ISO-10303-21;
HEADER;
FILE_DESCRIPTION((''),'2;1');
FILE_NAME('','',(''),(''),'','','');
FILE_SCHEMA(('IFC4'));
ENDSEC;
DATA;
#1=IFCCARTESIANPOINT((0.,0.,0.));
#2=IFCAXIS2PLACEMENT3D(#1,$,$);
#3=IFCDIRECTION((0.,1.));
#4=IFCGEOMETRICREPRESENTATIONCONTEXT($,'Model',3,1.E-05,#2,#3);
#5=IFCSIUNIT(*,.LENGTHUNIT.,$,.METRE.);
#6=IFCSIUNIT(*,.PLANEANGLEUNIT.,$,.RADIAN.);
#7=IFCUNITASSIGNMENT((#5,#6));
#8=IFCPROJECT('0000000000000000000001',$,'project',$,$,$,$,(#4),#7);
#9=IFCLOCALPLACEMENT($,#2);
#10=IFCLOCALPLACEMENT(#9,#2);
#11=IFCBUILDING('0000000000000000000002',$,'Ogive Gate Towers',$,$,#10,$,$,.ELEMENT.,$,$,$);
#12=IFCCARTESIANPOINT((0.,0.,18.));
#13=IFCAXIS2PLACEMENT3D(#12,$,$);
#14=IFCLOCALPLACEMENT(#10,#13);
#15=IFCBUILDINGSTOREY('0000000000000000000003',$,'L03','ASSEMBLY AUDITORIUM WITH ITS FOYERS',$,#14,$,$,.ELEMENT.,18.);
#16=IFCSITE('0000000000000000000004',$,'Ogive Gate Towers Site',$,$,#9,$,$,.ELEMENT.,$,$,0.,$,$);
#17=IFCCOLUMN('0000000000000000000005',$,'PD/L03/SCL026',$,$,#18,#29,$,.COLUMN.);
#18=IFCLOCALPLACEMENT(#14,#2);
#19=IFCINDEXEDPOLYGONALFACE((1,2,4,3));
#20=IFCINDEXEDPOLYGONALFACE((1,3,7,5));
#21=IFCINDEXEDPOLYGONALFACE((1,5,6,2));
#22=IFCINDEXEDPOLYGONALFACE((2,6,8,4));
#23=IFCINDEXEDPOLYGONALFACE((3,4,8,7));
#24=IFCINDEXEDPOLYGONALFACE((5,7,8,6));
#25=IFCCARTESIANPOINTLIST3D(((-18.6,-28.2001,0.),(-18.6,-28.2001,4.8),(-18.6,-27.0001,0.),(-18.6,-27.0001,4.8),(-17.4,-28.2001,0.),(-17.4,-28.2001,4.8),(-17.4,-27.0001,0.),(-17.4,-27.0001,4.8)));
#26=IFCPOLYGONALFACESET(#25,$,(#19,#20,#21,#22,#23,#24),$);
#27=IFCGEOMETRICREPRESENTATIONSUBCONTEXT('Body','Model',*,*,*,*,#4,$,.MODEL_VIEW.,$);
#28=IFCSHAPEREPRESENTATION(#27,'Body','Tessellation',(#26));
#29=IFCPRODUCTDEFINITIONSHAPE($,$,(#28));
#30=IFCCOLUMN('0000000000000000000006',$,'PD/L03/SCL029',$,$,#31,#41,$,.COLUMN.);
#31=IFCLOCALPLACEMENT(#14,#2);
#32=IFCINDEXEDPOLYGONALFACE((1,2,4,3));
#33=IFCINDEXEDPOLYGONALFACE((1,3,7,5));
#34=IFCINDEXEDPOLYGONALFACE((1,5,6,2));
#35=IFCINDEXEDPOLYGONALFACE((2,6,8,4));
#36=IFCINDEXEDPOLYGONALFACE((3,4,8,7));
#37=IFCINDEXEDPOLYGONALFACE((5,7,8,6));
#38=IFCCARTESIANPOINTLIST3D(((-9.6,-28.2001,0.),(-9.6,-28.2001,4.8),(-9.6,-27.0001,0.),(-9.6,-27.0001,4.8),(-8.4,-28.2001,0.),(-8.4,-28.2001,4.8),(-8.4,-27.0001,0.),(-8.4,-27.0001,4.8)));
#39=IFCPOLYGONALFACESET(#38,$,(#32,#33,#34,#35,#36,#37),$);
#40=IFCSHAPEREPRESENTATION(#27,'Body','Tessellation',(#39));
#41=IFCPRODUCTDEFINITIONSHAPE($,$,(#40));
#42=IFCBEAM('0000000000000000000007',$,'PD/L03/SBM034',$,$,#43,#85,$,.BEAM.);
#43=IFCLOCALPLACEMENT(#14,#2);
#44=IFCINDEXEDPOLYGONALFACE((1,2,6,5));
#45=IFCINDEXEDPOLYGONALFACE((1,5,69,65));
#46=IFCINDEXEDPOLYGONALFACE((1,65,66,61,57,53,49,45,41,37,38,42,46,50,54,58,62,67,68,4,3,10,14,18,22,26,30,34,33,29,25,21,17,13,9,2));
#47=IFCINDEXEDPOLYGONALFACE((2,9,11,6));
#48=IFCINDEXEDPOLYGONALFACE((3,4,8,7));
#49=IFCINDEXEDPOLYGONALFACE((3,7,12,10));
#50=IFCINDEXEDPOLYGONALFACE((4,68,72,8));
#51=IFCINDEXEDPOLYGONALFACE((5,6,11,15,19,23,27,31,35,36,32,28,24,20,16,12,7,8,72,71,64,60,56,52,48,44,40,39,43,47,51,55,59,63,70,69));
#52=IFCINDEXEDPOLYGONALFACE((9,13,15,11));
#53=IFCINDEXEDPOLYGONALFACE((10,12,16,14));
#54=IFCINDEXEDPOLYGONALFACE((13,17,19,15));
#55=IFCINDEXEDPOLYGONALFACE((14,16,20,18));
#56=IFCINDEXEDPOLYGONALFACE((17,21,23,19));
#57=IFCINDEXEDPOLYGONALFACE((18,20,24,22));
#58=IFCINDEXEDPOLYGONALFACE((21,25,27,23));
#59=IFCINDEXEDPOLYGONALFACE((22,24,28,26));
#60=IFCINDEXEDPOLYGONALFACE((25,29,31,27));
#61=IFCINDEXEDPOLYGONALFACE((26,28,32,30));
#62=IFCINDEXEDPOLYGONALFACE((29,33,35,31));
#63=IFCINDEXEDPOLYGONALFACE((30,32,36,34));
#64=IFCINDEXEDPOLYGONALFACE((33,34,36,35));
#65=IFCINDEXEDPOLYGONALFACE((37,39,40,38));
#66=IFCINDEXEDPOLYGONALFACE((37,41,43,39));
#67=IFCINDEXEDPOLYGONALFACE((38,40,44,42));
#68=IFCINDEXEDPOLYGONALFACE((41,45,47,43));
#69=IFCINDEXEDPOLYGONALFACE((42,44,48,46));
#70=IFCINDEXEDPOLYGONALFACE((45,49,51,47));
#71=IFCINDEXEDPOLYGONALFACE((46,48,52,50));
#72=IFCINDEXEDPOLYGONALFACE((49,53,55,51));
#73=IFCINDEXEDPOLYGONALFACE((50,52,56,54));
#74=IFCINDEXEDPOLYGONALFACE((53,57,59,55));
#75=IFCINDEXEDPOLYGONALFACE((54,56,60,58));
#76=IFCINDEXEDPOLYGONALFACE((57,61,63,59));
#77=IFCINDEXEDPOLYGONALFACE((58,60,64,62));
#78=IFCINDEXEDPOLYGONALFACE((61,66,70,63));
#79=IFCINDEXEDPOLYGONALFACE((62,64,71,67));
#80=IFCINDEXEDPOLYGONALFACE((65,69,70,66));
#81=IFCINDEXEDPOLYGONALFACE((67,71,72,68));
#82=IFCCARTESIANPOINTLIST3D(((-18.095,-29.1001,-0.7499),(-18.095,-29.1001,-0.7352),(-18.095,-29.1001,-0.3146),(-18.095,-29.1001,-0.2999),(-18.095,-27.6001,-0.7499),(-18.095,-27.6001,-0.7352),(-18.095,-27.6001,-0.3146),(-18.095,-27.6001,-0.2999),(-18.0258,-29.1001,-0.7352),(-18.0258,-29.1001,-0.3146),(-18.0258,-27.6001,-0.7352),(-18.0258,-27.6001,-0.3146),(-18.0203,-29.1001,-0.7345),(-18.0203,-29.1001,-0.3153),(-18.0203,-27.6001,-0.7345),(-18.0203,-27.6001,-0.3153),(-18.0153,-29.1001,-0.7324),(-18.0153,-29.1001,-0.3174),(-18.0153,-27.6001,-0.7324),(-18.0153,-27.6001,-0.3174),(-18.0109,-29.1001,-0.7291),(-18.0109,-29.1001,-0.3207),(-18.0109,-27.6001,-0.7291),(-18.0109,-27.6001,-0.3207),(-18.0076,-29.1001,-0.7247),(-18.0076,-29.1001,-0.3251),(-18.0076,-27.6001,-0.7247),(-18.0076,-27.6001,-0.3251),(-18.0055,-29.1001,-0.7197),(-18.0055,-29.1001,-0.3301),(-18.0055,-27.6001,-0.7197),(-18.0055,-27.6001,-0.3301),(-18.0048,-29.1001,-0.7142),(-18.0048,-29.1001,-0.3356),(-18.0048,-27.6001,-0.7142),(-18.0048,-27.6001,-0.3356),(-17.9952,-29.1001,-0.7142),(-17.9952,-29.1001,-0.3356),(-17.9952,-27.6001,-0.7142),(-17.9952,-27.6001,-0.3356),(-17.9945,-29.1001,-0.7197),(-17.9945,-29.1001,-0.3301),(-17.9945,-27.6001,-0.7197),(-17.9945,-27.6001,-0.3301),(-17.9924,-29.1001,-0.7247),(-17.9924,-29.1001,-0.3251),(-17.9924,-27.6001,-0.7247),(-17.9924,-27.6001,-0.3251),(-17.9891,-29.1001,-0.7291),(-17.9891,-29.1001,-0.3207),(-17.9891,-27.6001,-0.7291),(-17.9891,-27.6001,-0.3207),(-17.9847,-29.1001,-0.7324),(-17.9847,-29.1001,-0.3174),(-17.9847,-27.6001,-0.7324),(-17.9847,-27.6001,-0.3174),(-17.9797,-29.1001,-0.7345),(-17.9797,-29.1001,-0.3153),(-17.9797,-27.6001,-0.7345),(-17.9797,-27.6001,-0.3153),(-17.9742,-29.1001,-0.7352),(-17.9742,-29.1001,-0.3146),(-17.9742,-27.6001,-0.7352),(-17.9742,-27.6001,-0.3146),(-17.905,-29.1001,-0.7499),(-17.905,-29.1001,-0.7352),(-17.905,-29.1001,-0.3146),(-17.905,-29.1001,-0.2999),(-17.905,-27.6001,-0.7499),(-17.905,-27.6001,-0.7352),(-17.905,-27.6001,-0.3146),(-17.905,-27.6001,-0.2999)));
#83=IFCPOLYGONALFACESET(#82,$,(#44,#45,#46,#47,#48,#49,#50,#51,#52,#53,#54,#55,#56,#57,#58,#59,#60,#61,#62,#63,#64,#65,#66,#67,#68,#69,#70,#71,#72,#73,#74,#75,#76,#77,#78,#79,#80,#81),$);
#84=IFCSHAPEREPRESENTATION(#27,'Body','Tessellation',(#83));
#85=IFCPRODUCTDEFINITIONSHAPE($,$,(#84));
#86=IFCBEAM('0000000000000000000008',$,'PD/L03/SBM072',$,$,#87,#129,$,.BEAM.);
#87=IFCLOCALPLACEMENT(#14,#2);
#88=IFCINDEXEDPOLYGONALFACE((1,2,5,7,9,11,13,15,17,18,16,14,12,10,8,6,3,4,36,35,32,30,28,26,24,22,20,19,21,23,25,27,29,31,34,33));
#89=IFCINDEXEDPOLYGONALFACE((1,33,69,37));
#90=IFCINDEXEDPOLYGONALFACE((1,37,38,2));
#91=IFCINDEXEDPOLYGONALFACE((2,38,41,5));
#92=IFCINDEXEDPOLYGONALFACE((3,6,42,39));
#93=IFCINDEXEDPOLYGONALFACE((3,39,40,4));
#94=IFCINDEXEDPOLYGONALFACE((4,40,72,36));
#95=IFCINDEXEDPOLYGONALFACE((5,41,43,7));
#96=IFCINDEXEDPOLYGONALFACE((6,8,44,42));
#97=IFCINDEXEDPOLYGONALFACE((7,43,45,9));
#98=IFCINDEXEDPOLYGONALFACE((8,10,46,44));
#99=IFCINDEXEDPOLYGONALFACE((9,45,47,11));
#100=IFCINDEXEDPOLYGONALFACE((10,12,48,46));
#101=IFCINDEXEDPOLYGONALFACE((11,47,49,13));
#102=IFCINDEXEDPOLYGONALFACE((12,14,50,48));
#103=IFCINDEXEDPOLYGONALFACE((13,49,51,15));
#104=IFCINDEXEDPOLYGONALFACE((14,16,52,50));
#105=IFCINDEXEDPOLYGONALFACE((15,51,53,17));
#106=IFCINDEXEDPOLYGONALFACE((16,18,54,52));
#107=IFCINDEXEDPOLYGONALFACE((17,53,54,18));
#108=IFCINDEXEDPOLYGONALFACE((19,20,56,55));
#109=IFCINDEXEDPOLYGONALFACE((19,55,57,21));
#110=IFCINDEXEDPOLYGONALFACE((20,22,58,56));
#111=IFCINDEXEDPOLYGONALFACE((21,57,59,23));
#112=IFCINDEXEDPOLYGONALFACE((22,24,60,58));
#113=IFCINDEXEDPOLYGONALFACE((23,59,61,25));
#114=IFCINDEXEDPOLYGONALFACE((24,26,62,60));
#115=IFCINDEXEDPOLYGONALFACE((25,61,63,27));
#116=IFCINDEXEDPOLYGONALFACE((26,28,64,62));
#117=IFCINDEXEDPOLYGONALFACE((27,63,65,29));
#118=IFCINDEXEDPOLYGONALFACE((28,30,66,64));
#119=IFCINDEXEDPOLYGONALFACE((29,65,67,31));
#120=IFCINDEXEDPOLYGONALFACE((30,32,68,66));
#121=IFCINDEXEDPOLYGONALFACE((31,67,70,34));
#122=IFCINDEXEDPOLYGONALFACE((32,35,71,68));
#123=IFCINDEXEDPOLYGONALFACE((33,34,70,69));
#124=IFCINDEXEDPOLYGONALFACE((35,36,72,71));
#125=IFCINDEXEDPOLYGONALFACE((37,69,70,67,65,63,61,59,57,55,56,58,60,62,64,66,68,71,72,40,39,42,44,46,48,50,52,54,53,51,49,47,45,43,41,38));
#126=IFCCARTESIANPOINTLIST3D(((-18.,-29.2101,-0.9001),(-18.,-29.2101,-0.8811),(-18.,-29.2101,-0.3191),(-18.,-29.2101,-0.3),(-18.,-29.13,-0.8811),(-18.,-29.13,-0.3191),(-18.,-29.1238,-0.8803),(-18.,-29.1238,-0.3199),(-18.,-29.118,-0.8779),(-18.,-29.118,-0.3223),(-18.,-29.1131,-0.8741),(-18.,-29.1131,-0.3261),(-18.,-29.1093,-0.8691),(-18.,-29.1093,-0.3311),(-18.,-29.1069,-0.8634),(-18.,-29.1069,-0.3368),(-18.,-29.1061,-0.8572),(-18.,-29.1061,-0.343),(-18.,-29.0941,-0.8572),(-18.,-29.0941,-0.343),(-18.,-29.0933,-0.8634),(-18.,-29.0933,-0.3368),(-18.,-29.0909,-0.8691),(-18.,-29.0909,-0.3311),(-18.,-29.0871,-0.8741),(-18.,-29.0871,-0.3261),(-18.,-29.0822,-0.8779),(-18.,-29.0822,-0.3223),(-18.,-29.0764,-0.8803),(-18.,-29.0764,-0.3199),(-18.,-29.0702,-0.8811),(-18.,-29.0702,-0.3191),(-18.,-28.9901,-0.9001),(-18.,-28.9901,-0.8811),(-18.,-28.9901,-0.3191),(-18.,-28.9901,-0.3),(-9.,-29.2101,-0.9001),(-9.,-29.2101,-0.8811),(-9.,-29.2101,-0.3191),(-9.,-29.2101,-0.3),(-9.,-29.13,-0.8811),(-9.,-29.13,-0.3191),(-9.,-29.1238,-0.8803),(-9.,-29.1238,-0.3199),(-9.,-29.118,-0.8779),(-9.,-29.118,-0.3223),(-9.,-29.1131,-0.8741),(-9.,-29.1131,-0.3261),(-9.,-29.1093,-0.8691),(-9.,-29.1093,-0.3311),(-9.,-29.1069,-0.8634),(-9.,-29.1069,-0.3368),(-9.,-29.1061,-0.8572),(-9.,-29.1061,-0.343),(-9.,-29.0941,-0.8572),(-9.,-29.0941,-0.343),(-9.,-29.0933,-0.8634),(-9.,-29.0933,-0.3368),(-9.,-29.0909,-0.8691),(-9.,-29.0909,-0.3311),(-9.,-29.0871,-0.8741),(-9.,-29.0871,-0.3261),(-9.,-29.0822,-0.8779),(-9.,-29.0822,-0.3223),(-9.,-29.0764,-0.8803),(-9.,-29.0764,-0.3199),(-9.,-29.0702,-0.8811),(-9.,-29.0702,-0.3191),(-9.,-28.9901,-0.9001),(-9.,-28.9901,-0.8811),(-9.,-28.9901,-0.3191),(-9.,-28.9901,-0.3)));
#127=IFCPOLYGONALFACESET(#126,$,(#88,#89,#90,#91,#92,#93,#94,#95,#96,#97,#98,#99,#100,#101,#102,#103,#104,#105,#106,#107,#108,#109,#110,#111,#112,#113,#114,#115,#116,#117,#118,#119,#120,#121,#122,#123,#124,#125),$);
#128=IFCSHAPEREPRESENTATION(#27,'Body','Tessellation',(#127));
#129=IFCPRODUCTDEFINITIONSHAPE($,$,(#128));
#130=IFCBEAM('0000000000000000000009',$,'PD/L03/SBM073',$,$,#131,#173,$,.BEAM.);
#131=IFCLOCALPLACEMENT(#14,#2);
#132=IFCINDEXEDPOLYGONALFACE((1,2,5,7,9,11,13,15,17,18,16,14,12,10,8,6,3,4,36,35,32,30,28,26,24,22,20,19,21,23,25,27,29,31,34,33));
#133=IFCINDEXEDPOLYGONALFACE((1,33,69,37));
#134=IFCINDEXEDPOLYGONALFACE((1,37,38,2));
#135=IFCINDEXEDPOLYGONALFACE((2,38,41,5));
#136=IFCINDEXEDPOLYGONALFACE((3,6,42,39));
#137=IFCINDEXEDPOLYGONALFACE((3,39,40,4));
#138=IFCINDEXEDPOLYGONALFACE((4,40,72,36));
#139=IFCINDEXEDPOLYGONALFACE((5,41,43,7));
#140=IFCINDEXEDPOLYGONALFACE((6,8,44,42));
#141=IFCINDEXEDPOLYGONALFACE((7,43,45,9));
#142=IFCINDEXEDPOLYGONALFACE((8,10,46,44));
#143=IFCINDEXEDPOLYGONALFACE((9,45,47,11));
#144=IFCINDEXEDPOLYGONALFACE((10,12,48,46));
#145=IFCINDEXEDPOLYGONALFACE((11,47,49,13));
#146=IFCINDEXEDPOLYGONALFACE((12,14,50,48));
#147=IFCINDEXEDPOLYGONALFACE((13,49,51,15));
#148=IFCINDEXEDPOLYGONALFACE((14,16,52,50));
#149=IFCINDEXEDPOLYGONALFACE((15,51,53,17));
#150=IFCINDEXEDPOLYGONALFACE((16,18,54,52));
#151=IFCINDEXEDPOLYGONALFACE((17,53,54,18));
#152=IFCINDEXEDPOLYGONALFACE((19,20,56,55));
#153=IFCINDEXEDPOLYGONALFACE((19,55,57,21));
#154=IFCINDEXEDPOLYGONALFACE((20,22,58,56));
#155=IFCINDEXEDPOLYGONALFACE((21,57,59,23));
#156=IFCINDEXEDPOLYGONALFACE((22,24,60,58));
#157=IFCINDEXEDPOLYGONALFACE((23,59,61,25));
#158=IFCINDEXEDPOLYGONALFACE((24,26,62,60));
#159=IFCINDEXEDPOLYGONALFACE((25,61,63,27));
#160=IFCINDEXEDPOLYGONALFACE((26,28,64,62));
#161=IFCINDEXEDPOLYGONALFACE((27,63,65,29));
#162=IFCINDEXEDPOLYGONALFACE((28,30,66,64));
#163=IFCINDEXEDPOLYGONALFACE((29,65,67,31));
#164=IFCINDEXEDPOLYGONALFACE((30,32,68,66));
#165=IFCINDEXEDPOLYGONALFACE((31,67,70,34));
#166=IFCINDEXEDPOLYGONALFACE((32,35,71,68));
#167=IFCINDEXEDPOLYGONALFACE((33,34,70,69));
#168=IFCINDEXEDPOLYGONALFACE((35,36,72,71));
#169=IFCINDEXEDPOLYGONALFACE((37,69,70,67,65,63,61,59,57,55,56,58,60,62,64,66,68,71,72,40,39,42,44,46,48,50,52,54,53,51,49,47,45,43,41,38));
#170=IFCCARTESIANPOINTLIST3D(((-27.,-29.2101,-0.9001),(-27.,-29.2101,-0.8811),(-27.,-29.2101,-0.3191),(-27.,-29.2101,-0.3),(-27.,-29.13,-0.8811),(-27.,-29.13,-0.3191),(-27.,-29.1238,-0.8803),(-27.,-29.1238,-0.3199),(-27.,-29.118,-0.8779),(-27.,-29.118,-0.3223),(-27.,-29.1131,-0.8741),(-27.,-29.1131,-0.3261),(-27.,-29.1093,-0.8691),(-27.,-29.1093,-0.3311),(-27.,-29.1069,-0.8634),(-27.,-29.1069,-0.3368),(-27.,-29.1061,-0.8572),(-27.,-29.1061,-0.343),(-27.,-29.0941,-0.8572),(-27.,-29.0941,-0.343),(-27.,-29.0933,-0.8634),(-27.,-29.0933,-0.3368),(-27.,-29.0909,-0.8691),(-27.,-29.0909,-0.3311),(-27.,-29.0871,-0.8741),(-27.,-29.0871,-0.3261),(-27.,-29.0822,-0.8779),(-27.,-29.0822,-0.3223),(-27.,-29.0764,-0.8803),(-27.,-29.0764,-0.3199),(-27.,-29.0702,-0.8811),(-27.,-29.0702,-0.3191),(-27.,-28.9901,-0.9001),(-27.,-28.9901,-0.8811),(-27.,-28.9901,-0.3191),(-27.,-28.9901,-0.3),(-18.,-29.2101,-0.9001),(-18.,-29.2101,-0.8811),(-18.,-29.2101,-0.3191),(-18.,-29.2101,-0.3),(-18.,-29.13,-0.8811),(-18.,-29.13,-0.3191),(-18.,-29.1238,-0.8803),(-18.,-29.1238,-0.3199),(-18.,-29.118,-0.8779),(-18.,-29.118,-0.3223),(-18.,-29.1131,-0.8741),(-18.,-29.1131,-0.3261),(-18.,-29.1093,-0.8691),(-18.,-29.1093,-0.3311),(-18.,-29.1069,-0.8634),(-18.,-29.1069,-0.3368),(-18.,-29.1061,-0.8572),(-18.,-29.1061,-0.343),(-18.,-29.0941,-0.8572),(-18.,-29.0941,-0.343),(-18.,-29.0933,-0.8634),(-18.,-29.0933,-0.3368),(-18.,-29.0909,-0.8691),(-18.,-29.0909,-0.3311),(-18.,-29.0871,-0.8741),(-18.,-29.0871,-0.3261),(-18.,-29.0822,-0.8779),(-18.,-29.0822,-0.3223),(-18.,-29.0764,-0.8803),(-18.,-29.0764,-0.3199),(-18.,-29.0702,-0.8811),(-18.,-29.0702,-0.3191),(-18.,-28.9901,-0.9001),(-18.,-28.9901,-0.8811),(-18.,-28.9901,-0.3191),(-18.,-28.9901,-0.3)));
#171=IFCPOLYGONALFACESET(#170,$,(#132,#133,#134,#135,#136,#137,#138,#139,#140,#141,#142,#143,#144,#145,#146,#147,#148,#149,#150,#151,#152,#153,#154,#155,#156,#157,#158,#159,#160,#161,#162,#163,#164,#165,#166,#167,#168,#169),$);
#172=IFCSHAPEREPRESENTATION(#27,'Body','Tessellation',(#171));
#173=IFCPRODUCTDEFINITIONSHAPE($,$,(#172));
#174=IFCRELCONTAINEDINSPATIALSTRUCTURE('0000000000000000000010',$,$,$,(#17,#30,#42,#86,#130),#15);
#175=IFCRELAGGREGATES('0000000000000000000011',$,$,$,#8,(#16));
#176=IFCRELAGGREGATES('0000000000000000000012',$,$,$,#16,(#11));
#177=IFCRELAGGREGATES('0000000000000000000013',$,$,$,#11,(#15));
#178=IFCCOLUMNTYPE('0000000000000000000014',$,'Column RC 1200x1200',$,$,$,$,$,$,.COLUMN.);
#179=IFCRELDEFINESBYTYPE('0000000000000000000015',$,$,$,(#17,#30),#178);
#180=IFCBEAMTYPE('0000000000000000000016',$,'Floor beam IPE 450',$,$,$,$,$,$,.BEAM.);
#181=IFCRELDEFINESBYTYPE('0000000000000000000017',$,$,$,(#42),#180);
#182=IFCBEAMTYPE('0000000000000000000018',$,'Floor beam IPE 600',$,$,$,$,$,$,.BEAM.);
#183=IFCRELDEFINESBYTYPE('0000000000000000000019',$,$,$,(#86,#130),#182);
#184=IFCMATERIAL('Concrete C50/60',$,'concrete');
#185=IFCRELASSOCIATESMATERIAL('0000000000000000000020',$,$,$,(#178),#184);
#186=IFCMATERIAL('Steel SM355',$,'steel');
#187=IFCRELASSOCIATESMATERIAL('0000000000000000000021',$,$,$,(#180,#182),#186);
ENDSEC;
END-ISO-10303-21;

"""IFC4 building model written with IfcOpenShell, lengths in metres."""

from ifc_helpers import new_model, si_unit, direction, frame, origin, origin_2d, place, context, subcontext, project, spatial, rectangle, i_section, extrude, material, material_profile, profile_set, type_object, element, save


model = new_model("IFC4")

# Units and contexts
model_context = context("Model", 3, precision=1e-05, world=origin(), true_north=direction((0.0, 1.0)))
body_context = subcontext(model_context, "Body", "Model", "MODEL_VIEW")
ifc_project = project(units=[si_unit("LENGTHUNIT", "METRE"), si_unit("PLANEANGLEUNIT", "RADIAN")], contexts=[model_context])

# Site, building, storey
site_placement = place(None, origin())
site = spatial("IfcSite", under=ifc_project, at=site_placement, Name="Ogive Gate Towers Site", CompositionType="ELEMENT", RefElevation=0.0)
building_placement = place(site_placement, origin())
building = spatial("IfcBuilding", under=site, at=building_placement, Name="Ogive Gate Towers", CompositionType="ELEMENT")
storey_placement = place(building_placement, frame((0.0, 0.0, 18.0)))
storey = spatial("IfcBuildingStorey", under=building, at=storey_placement, Name="L03", Description="ASSEMBLY AUDITORIUM WITH ITS FOYERS", CompositionType="ELEMENT", Elevation=18.0)

# Columns
ifc_material_1 = material(Name="Concrete C50/60", Category="concrete")
ifc_material_profile_1 = material_profile(ifc_material_1, rectangle(XDim=1.2, YDim=1.2, at=origin_2d()), Name="RC 1200x1200")
ifc_profile_set_1 = profile_set([ifc_material_profile_1], Name="Concrete C50/60")
column_type = type_object("IfcColumnType", Name="Column RC 1200x1200", PredefinedType="COLUMN", material=ifc_profile_set_1)
for number, where, z_axis, x_axis, name in (
    (1, (-18.0, -27.6001, 0.0), (0.0, 0.0, 1.0), (1.0, 0.0, 0.0), "PD/L03/SCL026"),
    (2, (-9.0, -27.6001, 0.0), (0.0, 0.0, 1.0), (1.0, 0.0, 0.0), "PD/L03/SCL029"),
):
    element("IfcColumn", number, at=place(storey_placement, frame(where, z_axis=z_axis, x_axis=x_axis)), inside=storey, type_object=column_type, Name=name, PredefinedType="COLUMN", context=body_context, shape_type="SweptSolid", body=[
        extrude(rectangle(XDim=1.2, YDim=1.2, at=origin_2d()), origin(), (0.0, 0.0, 1.0), 4.8),
    ])

# Beams
ifc_material_2 = material(Name="Steel SM355", Category="steel")
ifc_material_profile_2 = material_profile(ifc_material_2, i_section(OverallWidth=0.1899, OverallDepth=0.45, WebThickness=0.0095, FlangeThickness=0.0146, FilletRadius=0.021, at=origin_2d()), Name="IPE 450")
ifc_profile_set_2 = profile_set([ifc_material_profile_2], Name="Steel SM355")
beam_type_1 = type_object("IfcBeamType", Name="Floor beam IPE 450", PredefinedType="BEAM", material=ifc_profile_set_2)
beam_1_placement = place(storey_placement, frame((-18.0, -29.1001, -0.5249), z_axis=(0.0, 1.0, 0.0), x_axis=(-1.0, 0.0, 0.0)))
element("IfcBeam", 3, at=beam_1_placement, inside=storey, type_object=beam_type_1, Name="PD/L03/SBM034", PredefinedType="BEAM", context=body_context, shape_type="SweptSolid", body=[
    extrude(i_section(OverallWidth=0.1899, OverallDepth=0.45, WebThickness=0.0095, FlangeThickness=0.0146, FilletRadius=0.021, at=origin_2d()), origin(), (0.0, 0.0, 1.0), 1.5),
])
ifc_material_profile_3 = material_profile(ifc_material_2, i_section(OverallWidth=0.22, OverallDepth=0.6001, WebThickness=0.012, FlangeThickness=0.019, FilletRadius=0.0239, at=origin_2d()), Name="IPE 600")
ifc_profile_set_3 = profile_set([ifc_material_profile_3], Name="Steel SM355")
beam_type_2 = type_object("IfcBeamType", Name="Floor beam IPE 600", PredefinedType="BEAM", material=ifc_profile_set_3)
for number, where, z_axis, x_axis, name in (
    (4, (-9.0, -29.1001, -0.6001), (-1.0, 0.0, 0.0), (0.0, -1.0, 0.0), "PD/L03/SBM072"),
    (5, (-18.0, -29.1001, -0.6001), (-1.0, 0.0, 0.0), (0.0, -1.0, 0.0), "PD/L03/SBM073"),
):
    element("IfcBeam", number, at=place(storey_placement, frame(where, z_axis=z_axis, x_axis=x_axis)), inside=storey, type_object=beam_type_2, Name=name, PredefinedType="BEAM", context=body_context, shape_type="SweptSolid", body=[
        extrude(i_section(OverallWidth=0.22, OverallDepth=0.6001, WebThickness=0.012, FlangeThickness=0.019, FilletRadius=0.0239, at=origin_2d()), origin(), (0.0, 0.0, 1.0), 9.0),
    ])

save(model, "model.ifc")
